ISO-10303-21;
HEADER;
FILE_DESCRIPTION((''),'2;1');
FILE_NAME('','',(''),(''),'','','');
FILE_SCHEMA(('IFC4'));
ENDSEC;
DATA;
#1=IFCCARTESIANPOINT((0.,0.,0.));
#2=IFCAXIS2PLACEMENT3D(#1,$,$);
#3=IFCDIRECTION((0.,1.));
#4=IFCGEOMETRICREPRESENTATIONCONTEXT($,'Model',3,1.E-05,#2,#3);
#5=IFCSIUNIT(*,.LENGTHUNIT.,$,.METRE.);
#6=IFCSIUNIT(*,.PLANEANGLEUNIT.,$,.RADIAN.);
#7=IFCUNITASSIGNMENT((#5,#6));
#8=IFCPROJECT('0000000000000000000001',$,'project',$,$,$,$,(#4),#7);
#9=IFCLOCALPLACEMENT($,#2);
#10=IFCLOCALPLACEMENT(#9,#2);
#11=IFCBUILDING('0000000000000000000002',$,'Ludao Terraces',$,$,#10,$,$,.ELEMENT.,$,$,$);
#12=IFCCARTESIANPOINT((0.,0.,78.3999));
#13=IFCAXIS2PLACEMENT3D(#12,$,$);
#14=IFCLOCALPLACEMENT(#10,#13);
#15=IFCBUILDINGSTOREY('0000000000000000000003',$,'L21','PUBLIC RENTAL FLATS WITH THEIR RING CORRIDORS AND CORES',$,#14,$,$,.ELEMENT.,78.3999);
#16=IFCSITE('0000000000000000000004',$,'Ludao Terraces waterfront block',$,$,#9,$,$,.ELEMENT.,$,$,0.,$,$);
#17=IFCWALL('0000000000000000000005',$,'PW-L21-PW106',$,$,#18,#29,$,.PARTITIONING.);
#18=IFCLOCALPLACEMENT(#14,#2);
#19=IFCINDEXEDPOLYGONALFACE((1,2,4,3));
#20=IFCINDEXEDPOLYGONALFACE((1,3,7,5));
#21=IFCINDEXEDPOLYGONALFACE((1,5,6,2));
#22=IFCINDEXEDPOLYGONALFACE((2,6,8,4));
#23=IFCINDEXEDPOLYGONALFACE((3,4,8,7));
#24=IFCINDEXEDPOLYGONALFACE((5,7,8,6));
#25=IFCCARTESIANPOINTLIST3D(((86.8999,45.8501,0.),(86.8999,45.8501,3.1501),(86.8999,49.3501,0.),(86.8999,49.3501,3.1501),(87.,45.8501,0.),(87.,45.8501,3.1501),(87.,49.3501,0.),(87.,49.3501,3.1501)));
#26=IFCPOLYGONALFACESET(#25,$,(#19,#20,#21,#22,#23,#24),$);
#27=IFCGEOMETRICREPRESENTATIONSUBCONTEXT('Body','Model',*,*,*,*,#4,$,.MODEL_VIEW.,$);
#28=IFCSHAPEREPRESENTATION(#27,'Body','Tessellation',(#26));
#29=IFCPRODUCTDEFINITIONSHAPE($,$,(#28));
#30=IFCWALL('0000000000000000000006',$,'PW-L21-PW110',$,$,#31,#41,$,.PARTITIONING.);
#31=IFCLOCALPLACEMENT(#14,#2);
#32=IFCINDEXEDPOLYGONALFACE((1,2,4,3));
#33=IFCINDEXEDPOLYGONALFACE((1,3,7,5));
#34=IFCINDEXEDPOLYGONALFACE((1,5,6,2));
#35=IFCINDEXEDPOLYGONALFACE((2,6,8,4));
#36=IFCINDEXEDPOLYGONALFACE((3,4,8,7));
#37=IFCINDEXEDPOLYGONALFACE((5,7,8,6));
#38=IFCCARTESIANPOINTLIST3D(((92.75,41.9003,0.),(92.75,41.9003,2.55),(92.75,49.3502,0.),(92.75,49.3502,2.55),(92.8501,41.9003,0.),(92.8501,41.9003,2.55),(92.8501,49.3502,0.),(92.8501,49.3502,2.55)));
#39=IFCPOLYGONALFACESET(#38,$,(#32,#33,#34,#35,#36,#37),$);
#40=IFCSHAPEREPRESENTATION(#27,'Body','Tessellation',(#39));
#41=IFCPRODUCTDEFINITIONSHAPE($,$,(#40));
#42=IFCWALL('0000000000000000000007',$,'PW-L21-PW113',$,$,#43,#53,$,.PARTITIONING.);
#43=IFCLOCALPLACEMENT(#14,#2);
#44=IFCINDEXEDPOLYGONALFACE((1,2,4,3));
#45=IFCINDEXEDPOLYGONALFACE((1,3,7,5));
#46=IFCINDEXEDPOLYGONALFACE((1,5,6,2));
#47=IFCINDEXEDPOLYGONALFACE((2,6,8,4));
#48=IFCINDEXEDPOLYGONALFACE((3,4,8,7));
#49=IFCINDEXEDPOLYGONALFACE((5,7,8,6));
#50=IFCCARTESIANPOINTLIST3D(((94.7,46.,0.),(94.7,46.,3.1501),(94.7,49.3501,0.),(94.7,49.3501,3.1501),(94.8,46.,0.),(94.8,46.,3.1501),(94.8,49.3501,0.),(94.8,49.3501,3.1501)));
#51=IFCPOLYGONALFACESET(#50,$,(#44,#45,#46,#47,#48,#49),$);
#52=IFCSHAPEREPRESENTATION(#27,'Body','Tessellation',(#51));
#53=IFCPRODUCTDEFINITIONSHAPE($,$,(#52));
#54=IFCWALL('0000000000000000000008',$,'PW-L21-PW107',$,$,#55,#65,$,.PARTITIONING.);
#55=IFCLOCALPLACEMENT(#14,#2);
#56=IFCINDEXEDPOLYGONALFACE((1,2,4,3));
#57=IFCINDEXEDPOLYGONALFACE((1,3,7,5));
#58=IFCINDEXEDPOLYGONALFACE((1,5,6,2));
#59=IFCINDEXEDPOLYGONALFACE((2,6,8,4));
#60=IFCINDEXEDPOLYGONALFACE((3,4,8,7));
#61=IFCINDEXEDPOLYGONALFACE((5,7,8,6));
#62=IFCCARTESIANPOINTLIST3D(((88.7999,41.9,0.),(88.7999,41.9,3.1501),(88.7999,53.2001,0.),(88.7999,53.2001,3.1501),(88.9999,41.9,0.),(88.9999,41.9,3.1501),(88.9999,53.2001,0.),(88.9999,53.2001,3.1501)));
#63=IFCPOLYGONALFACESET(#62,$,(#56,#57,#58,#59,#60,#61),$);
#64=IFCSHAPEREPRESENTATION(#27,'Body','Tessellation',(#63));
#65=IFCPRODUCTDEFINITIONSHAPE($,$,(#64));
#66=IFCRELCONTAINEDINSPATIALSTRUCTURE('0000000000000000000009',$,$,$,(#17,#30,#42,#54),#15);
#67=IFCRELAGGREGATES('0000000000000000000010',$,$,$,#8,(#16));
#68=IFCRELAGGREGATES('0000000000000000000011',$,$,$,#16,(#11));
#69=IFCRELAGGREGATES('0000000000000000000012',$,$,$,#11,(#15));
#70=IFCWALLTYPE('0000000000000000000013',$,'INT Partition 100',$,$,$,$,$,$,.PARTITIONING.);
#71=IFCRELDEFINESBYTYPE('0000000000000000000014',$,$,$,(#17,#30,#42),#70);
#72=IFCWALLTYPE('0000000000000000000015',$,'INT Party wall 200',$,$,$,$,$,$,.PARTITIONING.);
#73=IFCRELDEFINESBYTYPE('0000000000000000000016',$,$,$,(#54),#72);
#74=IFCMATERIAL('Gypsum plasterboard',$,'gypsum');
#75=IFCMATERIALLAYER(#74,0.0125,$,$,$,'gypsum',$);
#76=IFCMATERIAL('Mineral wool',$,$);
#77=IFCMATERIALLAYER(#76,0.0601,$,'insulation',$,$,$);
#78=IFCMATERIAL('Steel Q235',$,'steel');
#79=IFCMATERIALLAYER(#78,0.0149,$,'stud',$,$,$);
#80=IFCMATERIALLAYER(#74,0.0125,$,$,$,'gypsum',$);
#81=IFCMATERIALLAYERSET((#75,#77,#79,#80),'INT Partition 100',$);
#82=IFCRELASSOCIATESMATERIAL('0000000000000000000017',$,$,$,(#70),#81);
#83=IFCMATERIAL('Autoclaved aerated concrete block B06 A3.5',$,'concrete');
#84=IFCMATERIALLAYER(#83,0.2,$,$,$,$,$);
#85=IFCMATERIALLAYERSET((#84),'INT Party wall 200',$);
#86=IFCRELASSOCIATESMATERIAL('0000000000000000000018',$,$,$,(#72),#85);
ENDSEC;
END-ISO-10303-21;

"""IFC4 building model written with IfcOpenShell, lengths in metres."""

from ifc_helpers import new_model, si_unit, direction, frame, frame_2d, origin, place, context, subcontext, project, spatial, rectangle, extrude, material, layer, layer_set, type_object, element, save


model = new_model("IFC4")

# Units and contexts
model_context = context("Model", 3, precision=1e-05, world=origin(), true_north=direction((0.0, 1.0)))
body_context = subcontext(model_context, "Body", "Model", "MODEL_VIEW")
ifc_project = project(units=[si_unit("LENGTHUNIT", "METRE"), si_unit("PLANEANGLEUNIT", "RADIAN")], contexts=[model_context])

# Site, building, storey
site_placement = place(None, origin())
site = spatial("IfcSite", under=ifc_project, at=site_placement, Name="Ludao Terraces waterfront block", CompositionType="ELEMENT", RefElevation=0.0)
building_placement = place(site_placement, origin())
building = spatial("IfcBuilding", under=site, at=building_placement, Name="Ludao Terraces", CompositionType="ELEMENT")
storey_placement = place(building_placement, frame((0.0, 0.0, 78.3999)))
storey = spatial("IfcBuildingStorey", under=building, at=storey_placement, Name="L21", Description="PUBLIC RENTAL FLATS WITH THEIR RING CORRIDORS AND CORES", CompositionType="ELEMENT", Elevation=78.3999)

# Shared definitions
ifc_material_1 = material(Name="Mineral wool")

# Shared definitions
ifc_material_2 = material(Name="Gypsum plasterboard", Category="gypsum")
ifc_layer_1 = layer(ifc_material_2, 0.0125, Category="gypsum")
ifc_layer_2 = layer(ifc_material_1, 0.0601, Name="insulation")
ifc_material_3 = material(Name="Steel Q235", Category="steel")
ifc_layer_3 = layer(ifc_material_3, 0.0149, Name="stud")
ifc_layer_4 = layer(ifc_material_2, 0.0125, Category="gypsum")
ifc_layer_set_1 = layer_set([ifc_layer_1, ifc_layer_2, ifc_layer_3, ifc_layer_4], Name="INT Partition 100")
wall_type_1 = type_object("IfcWallType", Name="INT Partition 100", PredefinedType="PARTITIONING", material=ifc_layer_set_1)

# Walls
wall_1_placement = place(storey_placement, frame((86.95, 45.8501, 0.0), z_axis=(0.0, 0.0, 1.0), x_axis=(0.0, 1.0, 0.0)))
element("IfcWall", 1, at=wall_1_placement, inside=storey, type_object=wall_type_1, Name="PW-L21-PW106", PredefinedType="PARTITIONING", context=body_context, shape_type="SweptSolid", body=[
    extrude(rectangle(XDim=3.5, YDim=0.1001, at=frame_2d((1.75, 0.0))), origin(), (0.0, 0.0, 1.0), 3.1501),
])
wall_2_placement = place(storey_placement, frame((92.8, 41.9001, 0.0), z_axis=(0.0, 0.0, 1.0), x_axis=(0.0, 1.0, 0.0)))
element("IfcWall", 2, at=wall_2_placement, inside=storey, type_object=wall_type_1, Name="PW-L21-PW110", PredefinedType="PARTITIONING", context=body_context, shape_type="SweptSolid", body=[
    extrude(rectangle(XDim=7.45, YDim=0.1001, at=frame_2d((3.7251, 0.0))), origin(), (0.0, 0.0, 1.0), 2.55),
])
wall_3_placement = place(storey_placement, frame((94.75, 46.0, 0.0), z_axis=(0.0, 0.0, 1.0), x_axis=(0.0, 1.0, 0.0)))
element("IfcWall", 3, at=wall_3_placement, inside=storey, type_object=wall_type_1, Name="PW-L21-PW113", PredefinedType="PARTITIONING", context=body_context, shape_type="SweptSolid", body=[
    extrude(rectangle(XDim=3.3501, YDim=0.1001, at=frame_2d((1.675, 0.0))), origin(), (0.0, 0.0, 1.0), 3.1501),
])
ifc_material_4 = material(Name="Autoclaved aerated concrete block B06 A3.5", Category="concrete")
ifc_layer_5 = layer(ifc_material_4, 0.2)
ifc_layer_set_2 = layer_set([ifc_layer_5], Name="INT Party wall 200")
wall_type_2 = type_object("IfcWallType", Name="INT Party wall 200", PredefinedType="PARTITIONING", material=ifc_layer_set_2)
wall_4_placement = place(storey_placement, frame((88.8999, 41.9001, 0.0), z_axis=(0.0, 0.0, 1.0), x_axis=(0.0, 1.0, 0.0)))
element("IfcWall", 4, at=wall_4_placement, inside=storey, type_object=wall_type_2, Name="PW-L21-PW107", PredefinedType="PARTITIONING", context=body_context, shape_type="SweptSolid", body=[
    extrude(rectangle(XDim=11.3, YDim=0.2, at=frame_2d((5.6499, 0.0))), origin(), (0.0, 0.0, 1.0), 3.1501),
])

save(model, "model.ifc")
